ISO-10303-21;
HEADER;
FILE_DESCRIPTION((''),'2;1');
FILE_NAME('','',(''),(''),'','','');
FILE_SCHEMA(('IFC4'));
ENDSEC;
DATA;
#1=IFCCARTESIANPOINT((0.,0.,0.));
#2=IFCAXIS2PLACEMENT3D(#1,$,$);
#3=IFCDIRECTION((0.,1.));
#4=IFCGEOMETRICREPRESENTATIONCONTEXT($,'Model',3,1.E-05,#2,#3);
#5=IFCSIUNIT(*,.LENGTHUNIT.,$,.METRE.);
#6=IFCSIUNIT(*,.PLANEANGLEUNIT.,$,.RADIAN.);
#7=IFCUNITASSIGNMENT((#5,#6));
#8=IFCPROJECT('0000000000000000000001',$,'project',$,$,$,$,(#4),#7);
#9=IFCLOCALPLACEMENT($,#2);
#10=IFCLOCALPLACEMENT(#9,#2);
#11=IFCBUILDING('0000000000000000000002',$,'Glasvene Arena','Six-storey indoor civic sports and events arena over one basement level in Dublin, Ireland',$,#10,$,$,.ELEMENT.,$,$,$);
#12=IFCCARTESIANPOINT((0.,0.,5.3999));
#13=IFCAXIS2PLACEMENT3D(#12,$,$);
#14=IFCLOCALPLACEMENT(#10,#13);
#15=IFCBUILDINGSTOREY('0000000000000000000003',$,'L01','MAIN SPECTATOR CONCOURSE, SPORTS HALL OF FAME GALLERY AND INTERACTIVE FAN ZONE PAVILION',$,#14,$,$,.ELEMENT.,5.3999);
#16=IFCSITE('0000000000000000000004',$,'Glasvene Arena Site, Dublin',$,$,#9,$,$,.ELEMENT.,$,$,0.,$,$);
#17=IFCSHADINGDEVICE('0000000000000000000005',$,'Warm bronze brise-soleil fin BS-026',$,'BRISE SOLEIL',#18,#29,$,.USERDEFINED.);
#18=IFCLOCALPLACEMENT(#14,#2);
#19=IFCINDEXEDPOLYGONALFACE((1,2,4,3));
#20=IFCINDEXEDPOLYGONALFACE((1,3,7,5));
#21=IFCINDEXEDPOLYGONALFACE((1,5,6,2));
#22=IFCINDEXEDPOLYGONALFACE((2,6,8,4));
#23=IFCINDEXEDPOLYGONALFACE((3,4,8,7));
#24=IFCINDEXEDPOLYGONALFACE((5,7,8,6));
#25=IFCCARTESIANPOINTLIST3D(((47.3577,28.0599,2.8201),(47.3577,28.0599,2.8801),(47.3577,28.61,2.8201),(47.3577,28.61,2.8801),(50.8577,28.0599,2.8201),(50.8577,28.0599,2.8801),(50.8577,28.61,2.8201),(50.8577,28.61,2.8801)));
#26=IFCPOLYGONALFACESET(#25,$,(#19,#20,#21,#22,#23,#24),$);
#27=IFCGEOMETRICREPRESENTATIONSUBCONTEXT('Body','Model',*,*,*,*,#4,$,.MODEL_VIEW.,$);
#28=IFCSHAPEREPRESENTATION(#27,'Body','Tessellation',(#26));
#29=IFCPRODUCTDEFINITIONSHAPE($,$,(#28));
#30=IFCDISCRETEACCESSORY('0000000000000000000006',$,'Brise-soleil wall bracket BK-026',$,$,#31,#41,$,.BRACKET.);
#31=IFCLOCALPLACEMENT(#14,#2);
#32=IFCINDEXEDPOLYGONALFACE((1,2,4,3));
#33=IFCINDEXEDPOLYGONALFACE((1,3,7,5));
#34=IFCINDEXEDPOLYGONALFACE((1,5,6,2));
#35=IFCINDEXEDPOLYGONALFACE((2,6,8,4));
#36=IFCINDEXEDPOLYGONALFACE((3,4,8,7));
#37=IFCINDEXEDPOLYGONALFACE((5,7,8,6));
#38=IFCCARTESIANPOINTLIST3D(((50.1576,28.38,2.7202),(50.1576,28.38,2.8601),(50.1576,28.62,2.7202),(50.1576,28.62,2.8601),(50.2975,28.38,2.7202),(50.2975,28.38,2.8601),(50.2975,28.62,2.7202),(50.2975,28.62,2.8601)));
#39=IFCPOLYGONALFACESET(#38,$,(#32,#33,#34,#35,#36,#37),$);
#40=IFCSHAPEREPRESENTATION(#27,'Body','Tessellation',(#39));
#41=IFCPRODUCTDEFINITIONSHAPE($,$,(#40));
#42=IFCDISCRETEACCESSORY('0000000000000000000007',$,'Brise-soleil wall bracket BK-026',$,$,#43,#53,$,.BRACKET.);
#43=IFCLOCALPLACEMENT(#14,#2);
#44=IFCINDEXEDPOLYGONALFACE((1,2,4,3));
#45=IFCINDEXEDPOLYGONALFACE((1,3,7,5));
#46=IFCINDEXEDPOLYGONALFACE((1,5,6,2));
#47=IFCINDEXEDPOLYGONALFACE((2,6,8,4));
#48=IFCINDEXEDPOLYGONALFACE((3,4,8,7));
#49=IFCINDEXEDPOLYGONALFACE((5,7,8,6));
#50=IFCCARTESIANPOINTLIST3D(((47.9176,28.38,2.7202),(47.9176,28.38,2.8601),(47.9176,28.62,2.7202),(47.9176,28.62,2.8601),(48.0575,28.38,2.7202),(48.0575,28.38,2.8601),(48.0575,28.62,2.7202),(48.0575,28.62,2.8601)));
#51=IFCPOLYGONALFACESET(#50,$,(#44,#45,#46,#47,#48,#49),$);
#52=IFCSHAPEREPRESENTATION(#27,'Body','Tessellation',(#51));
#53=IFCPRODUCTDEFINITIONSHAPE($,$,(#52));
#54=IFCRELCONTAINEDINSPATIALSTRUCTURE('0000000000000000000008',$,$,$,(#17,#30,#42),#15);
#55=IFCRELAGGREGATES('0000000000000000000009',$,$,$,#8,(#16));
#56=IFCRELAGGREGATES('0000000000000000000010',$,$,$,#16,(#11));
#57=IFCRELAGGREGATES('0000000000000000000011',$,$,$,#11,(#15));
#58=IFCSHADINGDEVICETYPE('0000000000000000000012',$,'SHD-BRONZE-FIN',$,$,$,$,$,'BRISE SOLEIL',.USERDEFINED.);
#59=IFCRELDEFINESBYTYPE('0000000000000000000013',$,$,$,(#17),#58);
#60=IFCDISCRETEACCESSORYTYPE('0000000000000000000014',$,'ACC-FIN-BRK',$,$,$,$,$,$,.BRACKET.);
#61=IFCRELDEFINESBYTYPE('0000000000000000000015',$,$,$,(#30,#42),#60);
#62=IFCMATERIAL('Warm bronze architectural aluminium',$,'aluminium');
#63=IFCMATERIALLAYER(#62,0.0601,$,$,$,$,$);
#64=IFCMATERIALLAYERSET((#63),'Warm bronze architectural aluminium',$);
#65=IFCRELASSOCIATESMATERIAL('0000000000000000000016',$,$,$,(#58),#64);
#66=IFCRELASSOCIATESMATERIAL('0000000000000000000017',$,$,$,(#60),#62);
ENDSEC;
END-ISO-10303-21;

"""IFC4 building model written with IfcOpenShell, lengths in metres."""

from ifc_helpers import new_model, si_unit, direction, frame, origin, origin_2d, place, context, subcontext, project, spatial, rectangle, extrude, material, layer, layer_set, type_object, element, save


model = new_model("IFC4")

# Units and contexts
model_context = context("Model", 3, precision=1e-05, world=origin(), true_north=direction((0.0, 1.0)))
body_context = subcontext(model_context, "Body", "Model", "MODEL_VIEW")
ifc_project = project(units=[si_unit("LENGTHUNIT", "METRE"), si_unit("PLANEANGLEUNIT", "RADIAN")], contexts=[model_context])

# Site, building, storey
site_placement = place(None, origin())
site = spatial("IfcSite", under=ifc_project, at=site_placement, Name="Glasvene Arena Site, Dublin", CompositionType="ELEMENT", RefElevation=0.0)
building_placement = place(site_placement, origin())
building = spatial("IfcBuilding", under=site, at=building_placement, Name="Glasvene Arena", Description="Six-storey indoor civic sports and events arena over one basement level in Dublin, Ireland", CompositionType="ELEMENT")
storey_placement = place(building_placement, frame((0.0, 0.0, 5.3999)))
storey = spatial("IfcBuildingStorey", under=building, at=storey_placement, Name="L01", Description="MAIN SPECTATOR CONCOURSE, SPORTS HALL OF FAME GALLERY AND INTERACTIVE FAN ZONE PAVILION", CompositionType="ELEMENT", Elevation=5.3999)

# Shading device
ifc_material_1 = material(Name="Warm bronze architectural aluminium", Category="aluminium")
ifc_layer_1 = layer(ifc_material_1, 0.0601)
ifc_layer_set_1 = layer_set([ifc_layer_1], Name="Warm bronze architectural aluminium")
shading_device_type = type_object("IfcShadingDeviceType", Name="SHD-BRONZE-FIN", ElementType="BRISE SOLEIL", PredefinedType="USERDEFINED", material=ifc_layer_set_1)
shading_device_placement = place(storey_placement, frame((49.1077, 28.335, 2.8201), z_axis=(0.0, 0.0, 1.0), x_axis=(-1.0, 0.0, 0.0)))
element("IfcShadingDevice", 1, at=shading_device_placement, inside=storey, type_object=shading_device_type, Name="Warm bronze brise-soleil fin BS-026", ObjectType="BRISE SOLEIL", PredefinedType="USERDEFINED", context=body_context, shape_type="SweptSolid", body=[
    extrude(rectangle(XDim=3.5, YDim=0.55, at=origin_2d()), origin(), (0.0, 0.0, 1.0), 0.0601),
])

# Discrete accessories
discrete_accessory_type = type_object("IfcDiscreteAccessoryType", Name="ACC-FIN-BRK", PredefinedType="BRACKET", material=ifc_material_1)
for number, where, z_axis, x_axis, name in (
    (2, (50.2275, 28.5, 2.7202), (0.0, 0.0, 1.0), (-1.0, 0.0, 0.0), "Brise-soleil wall bracket BK-026"),
    (3, (47.9875, 28.5, 2.7202), (0.0, 0.0, 1.0), (-1.0, 0.0, 0.0), "Brise-soleil wall bracket BK-026"),
):
    element("IfcDiscreteAccessory", number, at=place(storey_placement, frame(where, z_axis=z_axis, x_axis=x_axis)), inside=storey, type_object=discrete_accessory_type, Name=name, PredefinedType="BRACKET", context=body_context, shape_type="SweptSolid", body=[
        extrude(rectangle(XDim=0.1399, YDim=0.24, at=origin_2d()), origin(), (0.0, 0.0, 1.0), 0.1399),
    ])

save(model, "model.ifc")
